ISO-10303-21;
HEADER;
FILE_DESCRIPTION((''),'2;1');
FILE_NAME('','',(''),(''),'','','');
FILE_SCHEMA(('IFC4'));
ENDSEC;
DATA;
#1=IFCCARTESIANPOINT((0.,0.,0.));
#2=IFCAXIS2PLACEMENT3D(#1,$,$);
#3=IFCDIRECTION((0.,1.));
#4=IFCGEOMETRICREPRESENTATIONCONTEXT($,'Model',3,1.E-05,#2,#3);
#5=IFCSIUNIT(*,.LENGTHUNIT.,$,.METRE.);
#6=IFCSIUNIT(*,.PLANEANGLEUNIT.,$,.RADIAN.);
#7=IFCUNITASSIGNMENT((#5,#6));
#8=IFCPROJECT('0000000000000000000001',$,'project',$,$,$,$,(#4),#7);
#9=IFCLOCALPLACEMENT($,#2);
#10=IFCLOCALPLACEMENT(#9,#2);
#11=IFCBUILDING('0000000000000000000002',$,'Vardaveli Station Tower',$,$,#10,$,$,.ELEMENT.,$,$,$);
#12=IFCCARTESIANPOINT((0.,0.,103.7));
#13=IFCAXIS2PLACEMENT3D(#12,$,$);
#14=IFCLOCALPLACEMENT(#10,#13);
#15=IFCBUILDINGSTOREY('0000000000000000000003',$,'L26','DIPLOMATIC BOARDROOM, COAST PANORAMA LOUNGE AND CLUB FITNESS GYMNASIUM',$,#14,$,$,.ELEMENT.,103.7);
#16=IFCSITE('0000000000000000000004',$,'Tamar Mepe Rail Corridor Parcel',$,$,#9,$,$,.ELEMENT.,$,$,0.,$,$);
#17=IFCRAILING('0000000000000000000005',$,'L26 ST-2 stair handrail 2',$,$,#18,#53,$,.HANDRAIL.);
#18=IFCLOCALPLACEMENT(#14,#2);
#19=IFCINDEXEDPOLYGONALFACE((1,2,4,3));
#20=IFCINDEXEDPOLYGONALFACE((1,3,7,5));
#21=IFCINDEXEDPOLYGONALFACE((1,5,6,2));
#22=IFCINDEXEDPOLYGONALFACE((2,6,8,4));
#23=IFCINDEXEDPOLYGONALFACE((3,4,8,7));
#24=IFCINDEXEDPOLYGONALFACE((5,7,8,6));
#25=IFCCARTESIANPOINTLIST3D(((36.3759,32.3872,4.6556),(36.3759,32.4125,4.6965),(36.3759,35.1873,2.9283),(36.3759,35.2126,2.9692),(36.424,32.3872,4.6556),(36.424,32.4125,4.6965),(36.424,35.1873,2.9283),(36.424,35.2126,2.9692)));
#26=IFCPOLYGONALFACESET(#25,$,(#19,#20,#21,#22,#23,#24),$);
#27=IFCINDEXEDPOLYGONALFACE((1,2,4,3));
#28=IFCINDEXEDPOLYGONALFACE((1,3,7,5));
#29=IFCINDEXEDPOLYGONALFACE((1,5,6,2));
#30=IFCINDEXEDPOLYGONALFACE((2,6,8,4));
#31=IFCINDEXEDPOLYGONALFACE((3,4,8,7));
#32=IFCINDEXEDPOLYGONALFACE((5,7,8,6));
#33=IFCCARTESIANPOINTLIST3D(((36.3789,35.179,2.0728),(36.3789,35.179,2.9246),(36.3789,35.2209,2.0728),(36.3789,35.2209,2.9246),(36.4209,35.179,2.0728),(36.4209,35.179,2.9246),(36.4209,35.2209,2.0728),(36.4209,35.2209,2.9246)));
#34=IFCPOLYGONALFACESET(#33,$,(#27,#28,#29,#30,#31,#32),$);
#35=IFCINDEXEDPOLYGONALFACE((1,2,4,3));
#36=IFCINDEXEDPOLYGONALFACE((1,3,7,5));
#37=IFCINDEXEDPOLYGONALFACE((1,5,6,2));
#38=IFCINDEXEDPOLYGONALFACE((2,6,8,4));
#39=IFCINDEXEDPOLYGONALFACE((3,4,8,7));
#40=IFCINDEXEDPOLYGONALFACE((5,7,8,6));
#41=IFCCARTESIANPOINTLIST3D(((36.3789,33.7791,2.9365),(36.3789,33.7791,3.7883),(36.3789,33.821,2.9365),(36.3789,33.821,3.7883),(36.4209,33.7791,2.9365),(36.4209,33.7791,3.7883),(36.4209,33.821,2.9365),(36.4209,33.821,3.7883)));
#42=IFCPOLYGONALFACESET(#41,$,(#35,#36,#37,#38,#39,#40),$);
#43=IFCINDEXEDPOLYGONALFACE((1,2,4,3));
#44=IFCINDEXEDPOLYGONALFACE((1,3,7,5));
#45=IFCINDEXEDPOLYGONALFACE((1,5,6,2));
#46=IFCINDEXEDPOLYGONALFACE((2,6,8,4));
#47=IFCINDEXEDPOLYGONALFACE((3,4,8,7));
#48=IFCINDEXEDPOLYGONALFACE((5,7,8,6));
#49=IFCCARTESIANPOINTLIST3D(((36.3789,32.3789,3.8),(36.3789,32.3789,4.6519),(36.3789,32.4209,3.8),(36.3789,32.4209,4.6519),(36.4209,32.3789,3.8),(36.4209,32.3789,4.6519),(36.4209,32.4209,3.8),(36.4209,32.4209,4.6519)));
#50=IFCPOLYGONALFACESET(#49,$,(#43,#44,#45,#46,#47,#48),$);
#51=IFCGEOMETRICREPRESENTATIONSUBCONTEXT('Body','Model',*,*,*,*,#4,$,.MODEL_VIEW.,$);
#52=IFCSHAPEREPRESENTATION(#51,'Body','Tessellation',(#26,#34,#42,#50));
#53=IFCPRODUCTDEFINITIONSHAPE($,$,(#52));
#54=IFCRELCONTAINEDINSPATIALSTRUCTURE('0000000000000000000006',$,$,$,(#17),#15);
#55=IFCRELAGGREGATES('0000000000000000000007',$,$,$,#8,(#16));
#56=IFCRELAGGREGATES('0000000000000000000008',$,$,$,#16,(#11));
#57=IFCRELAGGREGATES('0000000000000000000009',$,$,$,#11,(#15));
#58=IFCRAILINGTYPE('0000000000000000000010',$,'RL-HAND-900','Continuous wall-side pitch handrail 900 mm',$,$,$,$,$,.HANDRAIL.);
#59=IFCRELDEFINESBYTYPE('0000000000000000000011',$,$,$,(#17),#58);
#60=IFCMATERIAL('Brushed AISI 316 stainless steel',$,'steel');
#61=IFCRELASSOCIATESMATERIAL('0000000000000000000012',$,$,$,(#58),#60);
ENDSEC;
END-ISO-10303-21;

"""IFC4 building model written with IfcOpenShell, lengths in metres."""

from ifc_helpers import new_model, si_unit, direction, frame, origin, origin_2d, place, context, subcontext, project, spatial, rectangle, extrude, source, transform, mapped, material, type_object, element, save


model = new_model("IFC4")

# Units and contexts
model_context = context("Model", 3, precision=1e-05, world=origin(), true_north=direction((0.0, 1.0)))
body_context = subcontext(model_context, "Body", "Model", "MODEL_VIEW")
ifc_project = project(units=[si_unit("LENGTHUNIT", "METRE"), si_unit("PLANEANGLEUNIT", "RADIAN")], contexts=[model_context])

# Site, building, storey
site_placement = place(None, origin())
site = spatial("IfcSite", under=ifc_project, at=site_placement, Name="Tamar Mepe Rail Corridor Parcel", CompositionType="ELEMENT", RefElevation=0.0)
building_placement = place(site_placement, origin())
building = spatial("IfcBuilding", under=site, at=building_placement, Name="Vardaveli Station Tower", CompositionType="ELEMENT")
storey_placement = place(building_placement, frame((0.0, 0.0, 103.7)))
storey = spatial("IfcBuildingStorey", under=building, at=storey_placement, Name="L26", Description="DIPLOMATIC BOARDROOM, COAST PANORAMA LOUNGE AND CLUB FITNESS GYMNASIUM", CompositionType="ELEMENT", Elevation=103.7)

# Railing
ifc_material_1 = material(Name="Brushed AISI 316 stainless steel", Category="steel")
railing_type_1 = type_object("IfcRailingType", Name="RL-HAND-900", Description="Continuous wall-side pitch handrail 900 mm", PredefinedType="HANDRAIL", material=ifc_material_1)
shared_shape_1 = source(origin(), body_context, "Body", "SweptSolid", [
    extrude(rectangle(XDim=0.0481, YDim=0.0481, at=origin_2d()), frame((0.0, 0.0, 0.876), z_axis=(0.0, -0.85109, 0.52502), x_axis=(1.0, 0.0, 0.0)), (0.0, 0.0, 1.0), 3.29),
    extrude(rectangle(XDim=0.042, YDim=0.042, at=origin_2d()), origin(), (0.0, 0.0, 1.0), 0.8518),
    extrude(rectangle(XDim=0.042, YDim=0.042, at=origin_2d()), frame((0.0, -1.3999, 0.8638)), (0.0, 0.0, 1.0), 0.8518),
    extrude(rectangle(XDim=0.042, YDim=0.042, at=origin_2d()), frame((0.0, -2.8, 1.7273)), (0.0, 0.0, 1.0), 0.8518),
])
railing_1_placement = place(storey_placement, frame((36.3999, 35.2, 2.0728)))
element("IfcRailing", 1, at=railing_1_placement, inside=storey, type_object=railing_type_1, Name="L26 ST-2 stair handrail 2", PredefinedType="HANDRAIL", context=body_context, shape_type="MappedRepresentation", body=[
    mapped(shared_shape_1, transform((0.0, 0.0, 0.0), scale=1.0)),
])

save(model, "model.ifc")
